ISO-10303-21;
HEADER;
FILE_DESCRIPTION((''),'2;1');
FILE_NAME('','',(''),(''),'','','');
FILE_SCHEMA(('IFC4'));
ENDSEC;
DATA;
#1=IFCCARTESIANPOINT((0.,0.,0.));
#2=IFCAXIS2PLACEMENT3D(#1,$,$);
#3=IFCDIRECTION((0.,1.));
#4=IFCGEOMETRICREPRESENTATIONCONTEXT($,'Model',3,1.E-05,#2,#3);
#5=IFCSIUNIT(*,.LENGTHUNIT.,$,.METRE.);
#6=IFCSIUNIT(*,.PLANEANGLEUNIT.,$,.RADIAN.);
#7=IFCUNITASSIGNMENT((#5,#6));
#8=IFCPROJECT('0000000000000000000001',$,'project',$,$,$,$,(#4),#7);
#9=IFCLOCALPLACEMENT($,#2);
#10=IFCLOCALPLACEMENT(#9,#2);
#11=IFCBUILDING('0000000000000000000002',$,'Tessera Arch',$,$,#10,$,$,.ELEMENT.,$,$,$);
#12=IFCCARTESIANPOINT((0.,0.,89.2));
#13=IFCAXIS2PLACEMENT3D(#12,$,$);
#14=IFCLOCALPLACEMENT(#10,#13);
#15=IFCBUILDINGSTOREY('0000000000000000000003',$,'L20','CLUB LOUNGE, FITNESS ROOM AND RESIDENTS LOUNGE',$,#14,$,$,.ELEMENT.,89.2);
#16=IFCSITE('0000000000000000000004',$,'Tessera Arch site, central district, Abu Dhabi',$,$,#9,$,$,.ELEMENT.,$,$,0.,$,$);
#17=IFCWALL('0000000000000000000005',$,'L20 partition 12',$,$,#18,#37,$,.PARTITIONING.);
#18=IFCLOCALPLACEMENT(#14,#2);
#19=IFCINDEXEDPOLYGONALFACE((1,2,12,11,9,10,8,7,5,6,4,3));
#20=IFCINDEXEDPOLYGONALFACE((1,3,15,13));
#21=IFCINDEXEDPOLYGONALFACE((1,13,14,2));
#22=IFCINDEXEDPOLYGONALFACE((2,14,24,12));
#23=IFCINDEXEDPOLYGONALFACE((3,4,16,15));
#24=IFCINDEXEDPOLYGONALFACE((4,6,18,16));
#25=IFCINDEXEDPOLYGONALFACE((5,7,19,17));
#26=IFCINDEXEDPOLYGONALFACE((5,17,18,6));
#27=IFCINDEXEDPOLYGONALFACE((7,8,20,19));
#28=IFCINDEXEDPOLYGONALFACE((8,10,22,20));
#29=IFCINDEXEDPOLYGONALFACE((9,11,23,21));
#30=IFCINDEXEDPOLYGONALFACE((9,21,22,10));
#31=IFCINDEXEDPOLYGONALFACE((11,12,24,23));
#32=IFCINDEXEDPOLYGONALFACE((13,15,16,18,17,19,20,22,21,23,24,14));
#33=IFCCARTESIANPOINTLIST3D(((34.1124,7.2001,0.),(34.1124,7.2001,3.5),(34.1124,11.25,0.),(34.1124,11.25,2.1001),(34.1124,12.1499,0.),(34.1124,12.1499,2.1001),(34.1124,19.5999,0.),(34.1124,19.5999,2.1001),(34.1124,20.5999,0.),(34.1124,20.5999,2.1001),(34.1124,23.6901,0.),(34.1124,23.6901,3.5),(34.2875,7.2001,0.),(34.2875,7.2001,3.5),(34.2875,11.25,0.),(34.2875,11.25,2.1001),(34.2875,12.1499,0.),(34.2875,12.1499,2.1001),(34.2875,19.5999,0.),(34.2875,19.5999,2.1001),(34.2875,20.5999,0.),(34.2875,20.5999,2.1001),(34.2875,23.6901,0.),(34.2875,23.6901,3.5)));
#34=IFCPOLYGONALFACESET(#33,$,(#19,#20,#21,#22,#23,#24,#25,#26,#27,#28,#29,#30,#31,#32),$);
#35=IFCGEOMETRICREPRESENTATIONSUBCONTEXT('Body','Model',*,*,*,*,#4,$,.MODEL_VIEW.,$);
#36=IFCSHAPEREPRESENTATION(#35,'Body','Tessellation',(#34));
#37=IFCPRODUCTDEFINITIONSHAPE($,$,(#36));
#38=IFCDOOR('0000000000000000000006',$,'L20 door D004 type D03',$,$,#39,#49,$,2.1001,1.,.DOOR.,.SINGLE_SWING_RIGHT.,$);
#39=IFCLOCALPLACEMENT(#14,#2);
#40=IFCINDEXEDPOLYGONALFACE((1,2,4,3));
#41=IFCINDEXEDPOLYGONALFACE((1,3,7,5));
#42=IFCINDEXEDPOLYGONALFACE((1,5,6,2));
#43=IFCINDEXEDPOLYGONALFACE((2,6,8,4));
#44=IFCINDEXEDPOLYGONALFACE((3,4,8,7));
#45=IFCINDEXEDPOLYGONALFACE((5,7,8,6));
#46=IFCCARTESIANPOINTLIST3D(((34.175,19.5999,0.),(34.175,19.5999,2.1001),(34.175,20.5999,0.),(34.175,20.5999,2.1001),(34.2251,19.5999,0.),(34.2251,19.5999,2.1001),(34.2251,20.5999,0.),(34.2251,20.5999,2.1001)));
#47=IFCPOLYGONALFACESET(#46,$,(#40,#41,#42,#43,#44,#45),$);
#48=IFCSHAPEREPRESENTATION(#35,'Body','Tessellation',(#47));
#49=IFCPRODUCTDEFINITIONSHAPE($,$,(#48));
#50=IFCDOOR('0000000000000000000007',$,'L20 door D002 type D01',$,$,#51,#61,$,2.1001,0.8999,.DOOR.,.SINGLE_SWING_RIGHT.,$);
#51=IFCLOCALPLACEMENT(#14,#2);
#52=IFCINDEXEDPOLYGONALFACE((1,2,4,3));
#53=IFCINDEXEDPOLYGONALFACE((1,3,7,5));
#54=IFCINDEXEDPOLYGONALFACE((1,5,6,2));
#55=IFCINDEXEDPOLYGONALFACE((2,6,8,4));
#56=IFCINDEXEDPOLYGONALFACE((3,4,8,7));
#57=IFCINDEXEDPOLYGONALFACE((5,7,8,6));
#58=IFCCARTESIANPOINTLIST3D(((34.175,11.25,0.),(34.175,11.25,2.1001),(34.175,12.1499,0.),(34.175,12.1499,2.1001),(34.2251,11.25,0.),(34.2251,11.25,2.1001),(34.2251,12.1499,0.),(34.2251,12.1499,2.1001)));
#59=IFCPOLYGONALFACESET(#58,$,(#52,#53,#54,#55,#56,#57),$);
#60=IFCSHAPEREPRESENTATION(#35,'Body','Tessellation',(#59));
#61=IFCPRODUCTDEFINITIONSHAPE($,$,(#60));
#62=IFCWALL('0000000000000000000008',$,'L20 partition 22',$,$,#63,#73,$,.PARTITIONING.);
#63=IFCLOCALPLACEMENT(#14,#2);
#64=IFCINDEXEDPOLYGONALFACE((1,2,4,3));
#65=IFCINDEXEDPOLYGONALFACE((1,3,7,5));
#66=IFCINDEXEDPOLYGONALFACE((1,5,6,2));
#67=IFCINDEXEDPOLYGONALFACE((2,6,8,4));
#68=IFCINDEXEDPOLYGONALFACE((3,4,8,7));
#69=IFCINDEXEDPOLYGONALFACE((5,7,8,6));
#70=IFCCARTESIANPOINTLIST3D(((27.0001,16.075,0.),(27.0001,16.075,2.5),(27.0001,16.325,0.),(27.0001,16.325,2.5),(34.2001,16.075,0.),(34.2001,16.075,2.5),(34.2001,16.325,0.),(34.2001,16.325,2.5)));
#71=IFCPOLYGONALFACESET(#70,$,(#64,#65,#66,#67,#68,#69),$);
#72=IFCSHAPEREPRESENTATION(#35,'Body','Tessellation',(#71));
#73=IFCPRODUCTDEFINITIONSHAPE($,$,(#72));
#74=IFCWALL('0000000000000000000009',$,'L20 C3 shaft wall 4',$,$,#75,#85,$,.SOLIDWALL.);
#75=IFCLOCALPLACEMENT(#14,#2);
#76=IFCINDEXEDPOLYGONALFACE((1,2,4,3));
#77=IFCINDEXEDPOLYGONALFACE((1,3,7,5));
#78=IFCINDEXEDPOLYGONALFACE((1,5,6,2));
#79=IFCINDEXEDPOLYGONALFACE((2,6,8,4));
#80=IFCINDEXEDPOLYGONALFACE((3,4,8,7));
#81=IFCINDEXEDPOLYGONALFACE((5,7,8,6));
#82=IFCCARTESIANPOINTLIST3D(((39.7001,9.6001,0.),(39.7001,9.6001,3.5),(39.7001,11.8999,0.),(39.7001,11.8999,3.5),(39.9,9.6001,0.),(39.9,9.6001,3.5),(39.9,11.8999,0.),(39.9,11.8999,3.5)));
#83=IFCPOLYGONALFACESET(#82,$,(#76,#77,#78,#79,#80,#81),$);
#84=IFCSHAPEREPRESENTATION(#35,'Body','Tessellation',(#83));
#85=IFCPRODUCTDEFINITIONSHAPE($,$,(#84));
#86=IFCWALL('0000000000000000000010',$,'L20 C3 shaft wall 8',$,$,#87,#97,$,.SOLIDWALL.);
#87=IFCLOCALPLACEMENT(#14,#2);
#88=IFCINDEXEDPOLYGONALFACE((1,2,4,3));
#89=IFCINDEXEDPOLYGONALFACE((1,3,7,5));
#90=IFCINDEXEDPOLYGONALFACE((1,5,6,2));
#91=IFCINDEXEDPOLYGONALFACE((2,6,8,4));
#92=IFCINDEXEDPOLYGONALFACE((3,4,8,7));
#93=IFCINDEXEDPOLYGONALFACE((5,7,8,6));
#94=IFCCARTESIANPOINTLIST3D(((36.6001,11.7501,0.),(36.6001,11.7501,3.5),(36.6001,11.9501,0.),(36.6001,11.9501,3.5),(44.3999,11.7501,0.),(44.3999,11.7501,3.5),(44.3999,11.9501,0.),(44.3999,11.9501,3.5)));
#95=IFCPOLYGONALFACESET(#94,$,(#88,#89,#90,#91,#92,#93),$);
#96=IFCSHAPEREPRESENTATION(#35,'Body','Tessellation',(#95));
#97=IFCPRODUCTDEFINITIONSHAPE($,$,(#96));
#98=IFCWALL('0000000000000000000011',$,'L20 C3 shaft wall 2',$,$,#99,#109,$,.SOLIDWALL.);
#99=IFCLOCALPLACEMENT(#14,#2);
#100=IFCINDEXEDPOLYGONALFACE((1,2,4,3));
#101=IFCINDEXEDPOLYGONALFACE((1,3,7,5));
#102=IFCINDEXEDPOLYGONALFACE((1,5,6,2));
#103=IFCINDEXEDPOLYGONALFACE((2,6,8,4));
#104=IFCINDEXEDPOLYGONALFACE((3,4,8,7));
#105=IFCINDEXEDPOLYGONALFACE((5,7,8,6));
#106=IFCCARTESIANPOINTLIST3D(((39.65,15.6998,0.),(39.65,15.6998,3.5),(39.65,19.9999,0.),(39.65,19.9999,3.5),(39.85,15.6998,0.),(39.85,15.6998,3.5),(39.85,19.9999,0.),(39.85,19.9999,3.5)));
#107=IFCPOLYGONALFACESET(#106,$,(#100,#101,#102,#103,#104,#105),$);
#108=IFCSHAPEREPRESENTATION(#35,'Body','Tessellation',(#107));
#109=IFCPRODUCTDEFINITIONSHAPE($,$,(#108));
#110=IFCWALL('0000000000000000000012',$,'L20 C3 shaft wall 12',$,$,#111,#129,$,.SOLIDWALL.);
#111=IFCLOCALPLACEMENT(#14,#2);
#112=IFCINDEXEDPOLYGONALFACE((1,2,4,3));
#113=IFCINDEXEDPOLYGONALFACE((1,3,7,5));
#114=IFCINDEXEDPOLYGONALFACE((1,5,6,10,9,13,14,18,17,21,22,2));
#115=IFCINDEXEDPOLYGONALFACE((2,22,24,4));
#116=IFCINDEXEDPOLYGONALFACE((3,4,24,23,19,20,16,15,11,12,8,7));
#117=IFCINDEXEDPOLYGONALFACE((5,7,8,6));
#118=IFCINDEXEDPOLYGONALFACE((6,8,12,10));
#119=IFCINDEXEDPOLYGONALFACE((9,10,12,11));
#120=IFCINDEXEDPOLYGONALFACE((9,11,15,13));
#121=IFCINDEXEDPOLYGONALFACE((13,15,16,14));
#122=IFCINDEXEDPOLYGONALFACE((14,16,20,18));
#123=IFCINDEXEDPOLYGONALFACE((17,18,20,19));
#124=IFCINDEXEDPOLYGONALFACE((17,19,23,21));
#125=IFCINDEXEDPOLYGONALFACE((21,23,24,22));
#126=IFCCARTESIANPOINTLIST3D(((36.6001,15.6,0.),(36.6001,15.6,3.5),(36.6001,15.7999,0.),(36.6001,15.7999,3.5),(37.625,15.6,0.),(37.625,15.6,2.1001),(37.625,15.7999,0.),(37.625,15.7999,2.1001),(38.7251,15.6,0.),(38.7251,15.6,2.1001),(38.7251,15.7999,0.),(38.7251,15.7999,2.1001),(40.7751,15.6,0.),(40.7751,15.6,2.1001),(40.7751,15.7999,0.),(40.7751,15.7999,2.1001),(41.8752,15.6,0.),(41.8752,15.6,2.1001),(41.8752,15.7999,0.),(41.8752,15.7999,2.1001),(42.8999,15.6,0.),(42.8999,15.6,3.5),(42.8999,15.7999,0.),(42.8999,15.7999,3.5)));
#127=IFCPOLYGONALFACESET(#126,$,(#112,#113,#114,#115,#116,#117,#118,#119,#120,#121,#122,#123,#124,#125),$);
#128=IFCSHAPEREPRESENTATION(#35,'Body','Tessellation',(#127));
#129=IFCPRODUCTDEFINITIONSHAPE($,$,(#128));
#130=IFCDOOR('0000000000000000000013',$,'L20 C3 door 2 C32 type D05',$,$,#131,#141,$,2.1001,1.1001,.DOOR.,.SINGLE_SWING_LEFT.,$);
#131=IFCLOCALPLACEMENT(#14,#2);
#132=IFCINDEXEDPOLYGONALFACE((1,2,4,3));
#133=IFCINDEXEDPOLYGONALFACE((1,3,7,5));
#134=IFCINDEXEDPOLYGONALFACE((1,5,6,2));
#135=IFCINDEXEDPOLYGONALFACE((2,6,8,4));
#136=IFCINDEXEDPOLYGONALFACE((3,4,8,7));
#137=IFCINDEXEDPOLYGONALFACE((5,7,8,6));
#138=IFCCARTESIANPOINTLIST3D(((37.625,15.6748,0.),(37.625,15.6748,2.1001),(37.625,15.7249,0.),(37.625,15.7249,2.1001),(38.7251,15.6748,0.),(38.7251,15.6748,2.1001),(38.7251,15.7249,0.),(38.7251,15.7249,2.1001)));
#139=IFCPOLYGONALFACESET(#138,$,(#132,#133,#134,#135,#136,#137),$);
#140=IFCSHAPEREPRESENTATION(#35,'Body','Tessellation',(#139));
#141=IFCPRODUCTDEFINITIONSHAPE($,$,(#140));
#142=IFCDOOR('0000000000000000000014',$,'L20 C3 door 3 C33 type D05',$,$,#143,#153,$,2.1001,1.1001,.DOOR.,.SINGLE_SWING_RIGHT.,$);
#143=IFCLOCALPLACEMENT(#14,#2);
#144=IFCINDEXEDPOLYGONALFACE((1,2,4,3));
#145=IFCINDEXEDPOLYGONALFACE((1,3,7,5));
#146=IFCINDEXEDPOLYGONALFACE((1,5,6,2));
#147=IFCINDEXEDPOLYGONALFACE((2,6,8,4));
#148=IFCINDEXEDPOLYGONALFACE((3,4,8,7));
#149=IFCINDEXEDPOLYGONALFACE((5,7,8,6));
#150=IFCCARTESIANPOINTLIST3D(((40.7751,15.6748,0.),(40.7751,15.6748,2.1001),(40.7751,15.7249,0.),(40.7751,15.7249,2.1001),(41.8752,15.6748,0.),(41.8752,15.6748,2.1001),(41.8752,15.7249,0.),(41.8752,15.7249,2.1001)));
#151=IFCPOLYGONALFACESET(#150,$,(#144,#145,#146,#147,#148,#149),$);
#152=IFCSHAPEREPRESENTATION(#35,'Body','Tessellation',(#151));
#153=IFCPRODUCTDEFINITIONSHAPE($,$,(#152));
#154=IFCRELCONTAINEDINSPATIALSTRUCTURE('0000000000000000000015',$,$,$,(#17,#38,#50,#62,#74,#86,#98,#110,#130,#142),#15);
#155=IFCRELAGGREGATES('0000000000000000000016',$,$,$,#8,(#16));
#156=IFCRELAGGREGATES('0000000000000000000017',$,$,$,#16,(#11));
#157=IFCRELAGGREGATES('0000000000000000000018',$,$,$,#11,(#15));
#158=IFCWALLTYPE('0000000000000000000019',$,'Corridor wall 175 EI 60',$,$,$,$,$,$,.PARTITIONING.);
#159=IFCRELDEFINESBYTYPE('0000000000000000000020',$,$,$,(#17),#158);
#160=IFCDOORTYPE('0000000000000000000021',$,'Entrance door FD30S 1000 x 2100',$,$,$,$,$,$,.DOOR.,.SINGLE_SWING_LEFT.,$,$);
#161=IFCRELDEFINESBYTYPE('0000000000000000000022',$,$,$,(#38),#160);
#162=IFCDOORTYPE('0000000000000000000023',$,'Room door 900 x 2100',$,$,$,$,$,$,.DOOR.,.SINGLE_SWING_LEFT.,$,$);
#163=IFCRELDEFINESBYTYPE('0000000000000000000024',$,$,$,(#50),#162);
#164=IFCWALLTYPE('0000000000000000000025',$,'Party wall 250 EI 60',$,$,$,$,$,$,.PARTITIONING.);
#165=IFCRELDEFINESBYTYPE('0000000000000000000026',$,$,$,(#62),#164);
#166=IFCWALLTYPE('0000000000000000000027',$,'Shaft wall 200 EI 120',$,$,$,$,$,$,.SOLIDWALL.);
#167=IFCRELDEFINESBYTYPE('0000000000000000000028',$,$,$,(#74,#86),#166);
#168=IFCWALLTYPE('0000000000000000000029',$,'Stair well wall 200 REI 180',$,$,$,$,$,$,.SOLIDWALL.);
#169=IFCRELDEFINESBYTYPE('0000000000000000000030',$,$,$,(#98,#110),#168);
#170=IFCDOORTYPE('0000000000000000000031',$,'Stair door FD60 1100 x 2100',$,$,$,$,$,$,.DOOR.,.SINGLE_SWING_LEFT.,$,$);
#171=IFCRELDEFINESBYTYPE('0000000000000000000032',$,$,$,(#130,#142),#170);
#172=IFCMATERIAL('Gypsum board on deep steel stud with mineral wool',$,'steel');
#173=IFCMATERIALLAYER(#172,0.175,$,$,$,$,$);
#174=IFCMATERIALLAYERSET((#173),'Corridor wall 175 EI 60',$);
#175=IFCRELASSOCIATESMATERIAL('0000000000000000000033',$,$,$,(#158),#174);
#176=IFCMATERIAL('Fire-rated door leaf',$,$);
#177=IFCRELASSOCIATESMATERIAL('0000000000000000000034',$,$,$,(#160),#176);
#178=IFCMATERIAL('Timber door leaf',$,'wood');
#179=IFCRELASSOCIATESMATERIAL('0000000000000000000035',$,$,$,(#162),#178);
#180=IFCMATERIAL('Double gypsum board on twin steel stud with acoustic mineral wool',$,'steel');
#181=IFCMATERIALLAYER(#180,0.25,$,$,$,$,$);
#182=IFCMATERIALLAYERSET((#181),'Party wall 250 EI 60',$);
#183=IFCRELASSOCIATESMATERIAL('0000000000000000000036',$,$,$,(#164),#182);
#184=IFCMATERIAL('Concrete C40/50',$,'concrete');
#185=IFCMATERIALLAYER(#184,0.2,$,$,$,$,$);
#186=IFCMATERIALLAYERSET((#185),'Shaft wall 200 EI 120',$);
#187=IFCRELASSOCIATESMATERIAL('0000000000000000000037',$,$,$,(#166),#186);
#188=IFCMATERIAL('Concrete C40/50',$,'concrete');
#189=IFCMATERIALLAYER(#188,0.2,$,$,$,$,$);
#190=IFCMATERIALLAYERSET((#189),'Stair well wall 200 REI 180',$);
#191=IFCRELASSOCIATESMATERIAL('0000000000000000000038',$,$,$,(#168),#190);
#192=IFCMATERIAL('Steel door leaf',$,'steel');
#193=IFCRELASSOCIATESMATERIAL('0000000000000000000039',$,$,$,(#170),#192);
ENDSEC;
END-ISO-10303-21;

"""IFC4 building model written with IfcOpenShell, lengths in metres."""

from ifc_helpers import new_model, si_unit, direction, frame, frame_2d, origin, place, context, subcontext, project, spatial, rectangle, extrude, material, layer, layer_set, type_object, element, fill, save


model = new_model("IFC4")

# Units and contexts
model_context = context("Model", 3, precision=1e-05, world=origin(), true_north=direction((0.0, 1.0)))
body_context = subcontext(model_context, "Body", "Model", "MODEL_VIEW")
ifc_project = project(units=[si_unit("LENGTHUNIT", "METRE"), si_unit("PLANEANGLEUNIT", "RADIAN")], contexts=[model_context])

# Site, building, storey
site_placement = place(None, origin())
site = spatial("IfcSite", under=ifc_project, at=site_placement, Name="Tessera Arch site, central district, Abu Dhabi", CompositionType="ELEMENT", RefElevation=0.0)
building_placement = place(site_placement, origin())
building = spatial("IfcBuilding", under=site, at=building_placement, Name="Tessera Arch", CompositionType="ELEMENT")
storey_placement = place(building_placement, frame((0.0, 0.0, 89.2)))
storey = spatial("IfcBuildingStorey", under=building, at=storey_placement, Name="L20", Description="CLUB LOUNGE, FITNESS ROOM AND RESIDENTS LOUNGE", CompositionType="ELEMENT", Elevation=89.2)

# Wall, openings, doors
ifc_material_1 = material(Name="Gypsum board on deep steel stud with mineral wool", Category="steel")
ifc_layer_1 = layer(ifc_material_1, 0.175)
ifc_layer_set_1 = layer_set([ifc_layer_1], Name="Corridor wall 175 EI 60")
wall_type_1 = type_object("IfcWallType", Name="Corridor wall 175 EI 60", PredefinedType="PARTITIONING", material=ifc_layer_set_1)
wall_1_placement = place(storey_placement, frame((34.2, 7.2, 0.0), z_axis=(0.0, 0.0, 1.0), x_axis=(0.0, 1.0, 0.0)))
wall_1 = element("IfcWall", 1, at=wall_1_placement, inside=storey, type_object=wall_type_1, Name="L20 partition 12", PredefinedType="PARTITIONING", context=body_context, shape_type="SweptSolid", body=[
    extrude(rectangle(XDim=16.49, YDim=0.175, at=frame_2d((8.2451, 0.0))), origin(), (0.0, 0.0, 1.0), 3.5),
])
opening_1_placement = place(wall_1_placement, frame((4.05, 0.0, 0.0)))
opening_1 = element("IfcOpeningElement", 2, at=opening_1_placement, cuts=wall_1, PredefinedType="OPENING", context=body_context, shape_type="SweptSolid", body=[
    extrude(rectangle(XDim=0.8999, YDim=2.1001, at=frame_2d((0.45, 1.05))), frame((0.0, 0.0974, 0.0), z_axis=(0.0, -1.0, 0.0), x_axis=(1.0, 0.0, 0.0)), (0.0, 0.0, 1.0), 0.1951),
])
opening_2_placement = place(wall_1_placement, frame((12.3999, 0.0, 0.0)))
opening_2 = element("IfcOpeningElement", 3, at=opening_2_placement, cuts=wall_1, PredefinedType="OPENING", context=body_context, shape_type="SweptSolid", body=[
    extrude(rectangle(XDim=1.0, YDim=2.1001, at=frame_2d((0.5, 1.05))), frame((0.0, 0.0974, 0.0), z_axis=(0.0, -1.0, 0.0), x_axis=(1.0, 0.0, 0.0)), (0.0, 0.0, 1.0), 0.1951),
])
ifc_material_2 = material(Name="Fire-rated door leaf")
door_type_1 = type_object("IfcDoorType", Name="Entrance door FD30S 1000 x 2100", OperationType="SINGLE_SWING_LEFT", PredefinedType="DOOR", material=ifc_material_2)
door_1_placement = place(opening_2_placement, origin())
door_1 = element("IfcDoor", 4, at=door_1_placement, inside=storey, type_object=door_type_1, Name="L20 door D004 type D03", OperationType="SINGLE_SWING_RIGHT", OverallHeight=2.1001, OverallWidth=1.0, PredefinedType="DOOR", context=body_context, shape_type="SweptSolid", body=[
    extrude(rectangle(XDim=1.0, YDim=2.1001, at=frame_2d((0.5, 1.05))), frame((0.0, 0.0249, 0.0), z_axis=(0.0, -1.0, 0.0), x_axis=(1.0, 0.0, 0.0)), (0.0, 0.0, 1.0), 0.05),
])
fill(opening_2, door_1)
ifc_material_3 = material(Name="Timber door leaf", Category="wood")
door_type_2 = type_object("IfcDoorType", Name="Room door 900 x 2100", OperationType="SINGLE_SWING_LEFT", PredefinedType="DOOR", material=ifc_material_3)
door_2_placement = place(opening_1_placement, origin())
door_2 = element("IfcDoor", 5, at=door_2_placement, inside=storey, type_object=door_type_2, Name="L20 door D002 type D01", OperationType="SINGLE_SWING_RIGHT", OverallHeight=2.1001, OverallWidth=0.8999, PredefinedType="DOOR", context=body_context, shape_type="SweptSolid", body=[
    extrude(rectangle(XDim=0.8999, YDim=2.1001, at=frame_2d((0.45, 1.05))), frame((0.0, 0.0249, 0.0), z_axis=(0.0, -1.0, 0.0), x_axis=(1.0, 0.0, 0.0)), (0.0, 0.0, 1.0), 0.05),
])
fill(opening_1, door_2)

# Walls
ifc_material_4 = material(Name="Double gypsum board on twin steel stud with acoustic mineral wool", Category="steel")
ifc_layer_2 = layer(ifc_material_4, 0.25)
ifc_layer_set_2 = layer_set([ifc_layer_2], Name="Party wall 250 EI 60")
wall_type_2 = type_object("IfcWallType", Name="Party wall 250 EI 60", PredefinedType="PARTITIONING", material=ifc_layer_set_2)
wall_2_placement = place(storey_placement, frame((27.0, 16.2, 0.0), z_axis=(0.0, 0.0, 1.0), x_axis=(1.0, 0.0, 0.0)))
element("IfcWall", 6, at=wall_2_placement, inside=storey, type_object=wall_type_2, Name="L20 partition 22", PredefinedType="PARTITIONING", context=body_context, shape_type="SweptSolid", body=[
    extrude(rectangle(XDim=7.2, YDim=0.25, at=frame_2d((3.6001, 0.0))), origin(), (0.0, 0.0, 1.0), 2.5),
])
ifc_material_5 = material(Name="Concrete C40/50", Category="concrete")
ifc_layer_3 = layer(ifc_material_5, 0.2)
ifc_layer_set_3 = layer_set([ifc_layer_3], Name="Shaft wall 200 EI 120")
wall_type_3 = type_object("IfcWallType", Name="Shaft wall 200 EI 120", PredefinedType="SOLIDWALL", material=ifc_layer_set_3)
wall_3_placement = place(storey_placement, frame((39.8, 9.6001, 0.0), z_axis=(0.0, 0.0, 1.0), x_axis=(0.0, 1.0, 0.0)))
element("IfcWall", 7, at=wall_3_placement, inside=storey, type_object=wall_type_3, Name="L20 C3 shaft wall 4", PredefinedType="SOLIDWALL", context=body_context, shape_type="SweptSolid", body=[
    extrude(rectangle(XDim=2.2998, YDim=0.2, at=frame_2d((1.1499, 0.0))), origin(), (0.0, 0.0, 1.0), 3.5),
])
wall_4_placement = place(storey_placement, frame((36.6001, 11.8501, 0.0), z_axis=(0.0, 0.0, 1.0), x_axis=(1.0, 0.0, 0.0)))
element("IfcWall", 8, at=wall_4_placement, inside=storey, type_object=wall_type_3, Name="L20 C3 shaft wall 8", PredefinedType="SOLIDWALL", context=body_context, shape_type="SweptSolid", body=[
    extrude(rectangle(XDim=7.7998, YDim=0.2, at=frame_2d((3.8999, 0.0))), origin(), (0.0, 0.0, 1.0), 3.5),
])
ifc_material_6 = material(Name="Concrete C40/50", Category="concrete")
ifc_layer_4 = layer(ifc_material_6, 0.2)
ifc_layer_set_4 = layer_set([ifc_layer_4], Name="Stair well wall 200 REI 180")
wall_type_4 = type_object("IfcWallType", Name="Stair well wall 200 REI 180", PredefinedType="SOLIDWALL", material=ifc_layer_set_4)
wall_5_placement = place(storey_placement, frame((39.75, 15.7, 0.0), z_axis=(0.0, 0.0, 1.0), x_axis=(0.0, 1.0, 0.0)))
element("IfcWall", 9, at=wall_5_placement, inside=storey, type_object=wall_type_4, Name="L20 C3 shaft wall 2", PredefinedType="SOLIDWALL", context=body_context, shape_type="SweptSolid", body=[
    extrude(rectangle(XDim=4.3, YDim=0.2, at=frame_2d((2.1499, 0.0))), origin(), (0.0, 0.0, 1.0), 3.5),
])

# Wall, openings, doors
wall_6_placement = place(storey_placement, frame((36.6001, 15.7, 0.0), z_axis=(0.0, 0.0, 1.0), x_axis=(1.0, 0.0, 0.0)))
wall_6 = element("IfcWall", 10, at=wall_6_placement, inside=storey, type_object=wall_type_4, Name="L20 C3 shaft wall 12", PredefinedType="SOLIDWALL", context=body_context, shape_type="SweptSolid", body=[
    extrude(rectangle(XDim=6.2998, YDim=0.2, at=frame_2d((3.1499, 0.0))), origin(), (0.0, 0.0, 1.0), 3.5),
])
opening_3_placement = place(wall_6_placement, frame((1.0249, 0.0, 0.0)))
opening_3 = element("IfcOpeningElement", 11, at=opening_3_placement, cuts=wall_6, PredefinedType="OPENING", context=body_context, shape_type="SweptSolid", body=[
    extrude(rectangle(XDim=1.1001, YDim=2.1001, at=frame_2d((0.55, 1.05))), frame((0.0, 0.1099, 0.0), z_axis=(0.0, -1.0, 0.0), x_axis=(1.0, 0.0, 0.0)), (0.0, 0.0, 1.0), 0.22),
])
opening_4_placement = place(wall_6_placement, frame((4.175, 0.0, 0.0)))
opening_4 = element("IfcOpeningElement", 12, at=opening_4_placement, cuts=wall_6, PredefinedType="OPENING", context=body_context, shape_type="SweptSolid", body=[
    extrude(rectangle(XDim=1.1001, YDim=2.1001, at=frame_2d((0.55, 1.05))), frame((0.0, 0.1099, 0.0), z_axis=(0.0, -1.0, 0.0), x_axis=(1.0, 0.0, 0.0)), (0.0, 0.0, 1.0), 0.22),
])
ifc_material_7 = material(Name="Steel door leaf", Category="steel")
door_type_3 = type_object("IfcDoorType", Name="Stair door FD60 1100 x 2100", OperationType="SINGLE_SWING_LEFT", PredefinedType="DOOR", material=ifc_material_7)
door_3_placement = place(opening_3_placement, origin())
door_3 = element("IfcDoor", 13, at=door_3_placement, inside=storey, type_object=door_type_3, Name="L20 C3 door 2 C32 type D05", OperationType="SINGLE_SWING_LEFT", OverallHeight=2.1001, OverallWidth=1.1001, PredefinedType="DOOR", context=body_context, shape_type="SweptSolid", body=[
    extrude(rectangle(XDim=1.1001, YDim=2.1001, at=frame_2d((0.55, 1.05))), frame((0.0, 0.0249, 0.0), z_axis=(0.0, -1.0, 0.0), x_axis=(1.0, 0.0, 0.0)), (0.0, 0.0, 1.0), 0.05),
])
fill(opening_3, door_3)
door_4_placement = place(opening_4_placement, origin())
door_4 = element("IfcDoor", 14, at=door_4_placement, inside=storey, type_object=door_type_3, Name="L20 C3 door 3 C33 type D05", OperationType="SINGLE_SWING_RIGHT", OverallHeight=2.1001, OverallWidth=1.1001, PredefinedType="DOOR", context=body_context, shape_type="SweptSolid", body=[
    extrude(rectangle(XDim=1.1001, YDim=2.1001, at=frame_2d((0.55, 1.05))), frame((0.0, 0.0249, 0.0), z_axis=(0.0, -1.0, 0.0), x_axis=(1.0, 0.0, 0.0)), (0.0, 0.0, 1.0), 0.05),
])
fill(opening_4, door_4)

save(model, "model.ifc")
